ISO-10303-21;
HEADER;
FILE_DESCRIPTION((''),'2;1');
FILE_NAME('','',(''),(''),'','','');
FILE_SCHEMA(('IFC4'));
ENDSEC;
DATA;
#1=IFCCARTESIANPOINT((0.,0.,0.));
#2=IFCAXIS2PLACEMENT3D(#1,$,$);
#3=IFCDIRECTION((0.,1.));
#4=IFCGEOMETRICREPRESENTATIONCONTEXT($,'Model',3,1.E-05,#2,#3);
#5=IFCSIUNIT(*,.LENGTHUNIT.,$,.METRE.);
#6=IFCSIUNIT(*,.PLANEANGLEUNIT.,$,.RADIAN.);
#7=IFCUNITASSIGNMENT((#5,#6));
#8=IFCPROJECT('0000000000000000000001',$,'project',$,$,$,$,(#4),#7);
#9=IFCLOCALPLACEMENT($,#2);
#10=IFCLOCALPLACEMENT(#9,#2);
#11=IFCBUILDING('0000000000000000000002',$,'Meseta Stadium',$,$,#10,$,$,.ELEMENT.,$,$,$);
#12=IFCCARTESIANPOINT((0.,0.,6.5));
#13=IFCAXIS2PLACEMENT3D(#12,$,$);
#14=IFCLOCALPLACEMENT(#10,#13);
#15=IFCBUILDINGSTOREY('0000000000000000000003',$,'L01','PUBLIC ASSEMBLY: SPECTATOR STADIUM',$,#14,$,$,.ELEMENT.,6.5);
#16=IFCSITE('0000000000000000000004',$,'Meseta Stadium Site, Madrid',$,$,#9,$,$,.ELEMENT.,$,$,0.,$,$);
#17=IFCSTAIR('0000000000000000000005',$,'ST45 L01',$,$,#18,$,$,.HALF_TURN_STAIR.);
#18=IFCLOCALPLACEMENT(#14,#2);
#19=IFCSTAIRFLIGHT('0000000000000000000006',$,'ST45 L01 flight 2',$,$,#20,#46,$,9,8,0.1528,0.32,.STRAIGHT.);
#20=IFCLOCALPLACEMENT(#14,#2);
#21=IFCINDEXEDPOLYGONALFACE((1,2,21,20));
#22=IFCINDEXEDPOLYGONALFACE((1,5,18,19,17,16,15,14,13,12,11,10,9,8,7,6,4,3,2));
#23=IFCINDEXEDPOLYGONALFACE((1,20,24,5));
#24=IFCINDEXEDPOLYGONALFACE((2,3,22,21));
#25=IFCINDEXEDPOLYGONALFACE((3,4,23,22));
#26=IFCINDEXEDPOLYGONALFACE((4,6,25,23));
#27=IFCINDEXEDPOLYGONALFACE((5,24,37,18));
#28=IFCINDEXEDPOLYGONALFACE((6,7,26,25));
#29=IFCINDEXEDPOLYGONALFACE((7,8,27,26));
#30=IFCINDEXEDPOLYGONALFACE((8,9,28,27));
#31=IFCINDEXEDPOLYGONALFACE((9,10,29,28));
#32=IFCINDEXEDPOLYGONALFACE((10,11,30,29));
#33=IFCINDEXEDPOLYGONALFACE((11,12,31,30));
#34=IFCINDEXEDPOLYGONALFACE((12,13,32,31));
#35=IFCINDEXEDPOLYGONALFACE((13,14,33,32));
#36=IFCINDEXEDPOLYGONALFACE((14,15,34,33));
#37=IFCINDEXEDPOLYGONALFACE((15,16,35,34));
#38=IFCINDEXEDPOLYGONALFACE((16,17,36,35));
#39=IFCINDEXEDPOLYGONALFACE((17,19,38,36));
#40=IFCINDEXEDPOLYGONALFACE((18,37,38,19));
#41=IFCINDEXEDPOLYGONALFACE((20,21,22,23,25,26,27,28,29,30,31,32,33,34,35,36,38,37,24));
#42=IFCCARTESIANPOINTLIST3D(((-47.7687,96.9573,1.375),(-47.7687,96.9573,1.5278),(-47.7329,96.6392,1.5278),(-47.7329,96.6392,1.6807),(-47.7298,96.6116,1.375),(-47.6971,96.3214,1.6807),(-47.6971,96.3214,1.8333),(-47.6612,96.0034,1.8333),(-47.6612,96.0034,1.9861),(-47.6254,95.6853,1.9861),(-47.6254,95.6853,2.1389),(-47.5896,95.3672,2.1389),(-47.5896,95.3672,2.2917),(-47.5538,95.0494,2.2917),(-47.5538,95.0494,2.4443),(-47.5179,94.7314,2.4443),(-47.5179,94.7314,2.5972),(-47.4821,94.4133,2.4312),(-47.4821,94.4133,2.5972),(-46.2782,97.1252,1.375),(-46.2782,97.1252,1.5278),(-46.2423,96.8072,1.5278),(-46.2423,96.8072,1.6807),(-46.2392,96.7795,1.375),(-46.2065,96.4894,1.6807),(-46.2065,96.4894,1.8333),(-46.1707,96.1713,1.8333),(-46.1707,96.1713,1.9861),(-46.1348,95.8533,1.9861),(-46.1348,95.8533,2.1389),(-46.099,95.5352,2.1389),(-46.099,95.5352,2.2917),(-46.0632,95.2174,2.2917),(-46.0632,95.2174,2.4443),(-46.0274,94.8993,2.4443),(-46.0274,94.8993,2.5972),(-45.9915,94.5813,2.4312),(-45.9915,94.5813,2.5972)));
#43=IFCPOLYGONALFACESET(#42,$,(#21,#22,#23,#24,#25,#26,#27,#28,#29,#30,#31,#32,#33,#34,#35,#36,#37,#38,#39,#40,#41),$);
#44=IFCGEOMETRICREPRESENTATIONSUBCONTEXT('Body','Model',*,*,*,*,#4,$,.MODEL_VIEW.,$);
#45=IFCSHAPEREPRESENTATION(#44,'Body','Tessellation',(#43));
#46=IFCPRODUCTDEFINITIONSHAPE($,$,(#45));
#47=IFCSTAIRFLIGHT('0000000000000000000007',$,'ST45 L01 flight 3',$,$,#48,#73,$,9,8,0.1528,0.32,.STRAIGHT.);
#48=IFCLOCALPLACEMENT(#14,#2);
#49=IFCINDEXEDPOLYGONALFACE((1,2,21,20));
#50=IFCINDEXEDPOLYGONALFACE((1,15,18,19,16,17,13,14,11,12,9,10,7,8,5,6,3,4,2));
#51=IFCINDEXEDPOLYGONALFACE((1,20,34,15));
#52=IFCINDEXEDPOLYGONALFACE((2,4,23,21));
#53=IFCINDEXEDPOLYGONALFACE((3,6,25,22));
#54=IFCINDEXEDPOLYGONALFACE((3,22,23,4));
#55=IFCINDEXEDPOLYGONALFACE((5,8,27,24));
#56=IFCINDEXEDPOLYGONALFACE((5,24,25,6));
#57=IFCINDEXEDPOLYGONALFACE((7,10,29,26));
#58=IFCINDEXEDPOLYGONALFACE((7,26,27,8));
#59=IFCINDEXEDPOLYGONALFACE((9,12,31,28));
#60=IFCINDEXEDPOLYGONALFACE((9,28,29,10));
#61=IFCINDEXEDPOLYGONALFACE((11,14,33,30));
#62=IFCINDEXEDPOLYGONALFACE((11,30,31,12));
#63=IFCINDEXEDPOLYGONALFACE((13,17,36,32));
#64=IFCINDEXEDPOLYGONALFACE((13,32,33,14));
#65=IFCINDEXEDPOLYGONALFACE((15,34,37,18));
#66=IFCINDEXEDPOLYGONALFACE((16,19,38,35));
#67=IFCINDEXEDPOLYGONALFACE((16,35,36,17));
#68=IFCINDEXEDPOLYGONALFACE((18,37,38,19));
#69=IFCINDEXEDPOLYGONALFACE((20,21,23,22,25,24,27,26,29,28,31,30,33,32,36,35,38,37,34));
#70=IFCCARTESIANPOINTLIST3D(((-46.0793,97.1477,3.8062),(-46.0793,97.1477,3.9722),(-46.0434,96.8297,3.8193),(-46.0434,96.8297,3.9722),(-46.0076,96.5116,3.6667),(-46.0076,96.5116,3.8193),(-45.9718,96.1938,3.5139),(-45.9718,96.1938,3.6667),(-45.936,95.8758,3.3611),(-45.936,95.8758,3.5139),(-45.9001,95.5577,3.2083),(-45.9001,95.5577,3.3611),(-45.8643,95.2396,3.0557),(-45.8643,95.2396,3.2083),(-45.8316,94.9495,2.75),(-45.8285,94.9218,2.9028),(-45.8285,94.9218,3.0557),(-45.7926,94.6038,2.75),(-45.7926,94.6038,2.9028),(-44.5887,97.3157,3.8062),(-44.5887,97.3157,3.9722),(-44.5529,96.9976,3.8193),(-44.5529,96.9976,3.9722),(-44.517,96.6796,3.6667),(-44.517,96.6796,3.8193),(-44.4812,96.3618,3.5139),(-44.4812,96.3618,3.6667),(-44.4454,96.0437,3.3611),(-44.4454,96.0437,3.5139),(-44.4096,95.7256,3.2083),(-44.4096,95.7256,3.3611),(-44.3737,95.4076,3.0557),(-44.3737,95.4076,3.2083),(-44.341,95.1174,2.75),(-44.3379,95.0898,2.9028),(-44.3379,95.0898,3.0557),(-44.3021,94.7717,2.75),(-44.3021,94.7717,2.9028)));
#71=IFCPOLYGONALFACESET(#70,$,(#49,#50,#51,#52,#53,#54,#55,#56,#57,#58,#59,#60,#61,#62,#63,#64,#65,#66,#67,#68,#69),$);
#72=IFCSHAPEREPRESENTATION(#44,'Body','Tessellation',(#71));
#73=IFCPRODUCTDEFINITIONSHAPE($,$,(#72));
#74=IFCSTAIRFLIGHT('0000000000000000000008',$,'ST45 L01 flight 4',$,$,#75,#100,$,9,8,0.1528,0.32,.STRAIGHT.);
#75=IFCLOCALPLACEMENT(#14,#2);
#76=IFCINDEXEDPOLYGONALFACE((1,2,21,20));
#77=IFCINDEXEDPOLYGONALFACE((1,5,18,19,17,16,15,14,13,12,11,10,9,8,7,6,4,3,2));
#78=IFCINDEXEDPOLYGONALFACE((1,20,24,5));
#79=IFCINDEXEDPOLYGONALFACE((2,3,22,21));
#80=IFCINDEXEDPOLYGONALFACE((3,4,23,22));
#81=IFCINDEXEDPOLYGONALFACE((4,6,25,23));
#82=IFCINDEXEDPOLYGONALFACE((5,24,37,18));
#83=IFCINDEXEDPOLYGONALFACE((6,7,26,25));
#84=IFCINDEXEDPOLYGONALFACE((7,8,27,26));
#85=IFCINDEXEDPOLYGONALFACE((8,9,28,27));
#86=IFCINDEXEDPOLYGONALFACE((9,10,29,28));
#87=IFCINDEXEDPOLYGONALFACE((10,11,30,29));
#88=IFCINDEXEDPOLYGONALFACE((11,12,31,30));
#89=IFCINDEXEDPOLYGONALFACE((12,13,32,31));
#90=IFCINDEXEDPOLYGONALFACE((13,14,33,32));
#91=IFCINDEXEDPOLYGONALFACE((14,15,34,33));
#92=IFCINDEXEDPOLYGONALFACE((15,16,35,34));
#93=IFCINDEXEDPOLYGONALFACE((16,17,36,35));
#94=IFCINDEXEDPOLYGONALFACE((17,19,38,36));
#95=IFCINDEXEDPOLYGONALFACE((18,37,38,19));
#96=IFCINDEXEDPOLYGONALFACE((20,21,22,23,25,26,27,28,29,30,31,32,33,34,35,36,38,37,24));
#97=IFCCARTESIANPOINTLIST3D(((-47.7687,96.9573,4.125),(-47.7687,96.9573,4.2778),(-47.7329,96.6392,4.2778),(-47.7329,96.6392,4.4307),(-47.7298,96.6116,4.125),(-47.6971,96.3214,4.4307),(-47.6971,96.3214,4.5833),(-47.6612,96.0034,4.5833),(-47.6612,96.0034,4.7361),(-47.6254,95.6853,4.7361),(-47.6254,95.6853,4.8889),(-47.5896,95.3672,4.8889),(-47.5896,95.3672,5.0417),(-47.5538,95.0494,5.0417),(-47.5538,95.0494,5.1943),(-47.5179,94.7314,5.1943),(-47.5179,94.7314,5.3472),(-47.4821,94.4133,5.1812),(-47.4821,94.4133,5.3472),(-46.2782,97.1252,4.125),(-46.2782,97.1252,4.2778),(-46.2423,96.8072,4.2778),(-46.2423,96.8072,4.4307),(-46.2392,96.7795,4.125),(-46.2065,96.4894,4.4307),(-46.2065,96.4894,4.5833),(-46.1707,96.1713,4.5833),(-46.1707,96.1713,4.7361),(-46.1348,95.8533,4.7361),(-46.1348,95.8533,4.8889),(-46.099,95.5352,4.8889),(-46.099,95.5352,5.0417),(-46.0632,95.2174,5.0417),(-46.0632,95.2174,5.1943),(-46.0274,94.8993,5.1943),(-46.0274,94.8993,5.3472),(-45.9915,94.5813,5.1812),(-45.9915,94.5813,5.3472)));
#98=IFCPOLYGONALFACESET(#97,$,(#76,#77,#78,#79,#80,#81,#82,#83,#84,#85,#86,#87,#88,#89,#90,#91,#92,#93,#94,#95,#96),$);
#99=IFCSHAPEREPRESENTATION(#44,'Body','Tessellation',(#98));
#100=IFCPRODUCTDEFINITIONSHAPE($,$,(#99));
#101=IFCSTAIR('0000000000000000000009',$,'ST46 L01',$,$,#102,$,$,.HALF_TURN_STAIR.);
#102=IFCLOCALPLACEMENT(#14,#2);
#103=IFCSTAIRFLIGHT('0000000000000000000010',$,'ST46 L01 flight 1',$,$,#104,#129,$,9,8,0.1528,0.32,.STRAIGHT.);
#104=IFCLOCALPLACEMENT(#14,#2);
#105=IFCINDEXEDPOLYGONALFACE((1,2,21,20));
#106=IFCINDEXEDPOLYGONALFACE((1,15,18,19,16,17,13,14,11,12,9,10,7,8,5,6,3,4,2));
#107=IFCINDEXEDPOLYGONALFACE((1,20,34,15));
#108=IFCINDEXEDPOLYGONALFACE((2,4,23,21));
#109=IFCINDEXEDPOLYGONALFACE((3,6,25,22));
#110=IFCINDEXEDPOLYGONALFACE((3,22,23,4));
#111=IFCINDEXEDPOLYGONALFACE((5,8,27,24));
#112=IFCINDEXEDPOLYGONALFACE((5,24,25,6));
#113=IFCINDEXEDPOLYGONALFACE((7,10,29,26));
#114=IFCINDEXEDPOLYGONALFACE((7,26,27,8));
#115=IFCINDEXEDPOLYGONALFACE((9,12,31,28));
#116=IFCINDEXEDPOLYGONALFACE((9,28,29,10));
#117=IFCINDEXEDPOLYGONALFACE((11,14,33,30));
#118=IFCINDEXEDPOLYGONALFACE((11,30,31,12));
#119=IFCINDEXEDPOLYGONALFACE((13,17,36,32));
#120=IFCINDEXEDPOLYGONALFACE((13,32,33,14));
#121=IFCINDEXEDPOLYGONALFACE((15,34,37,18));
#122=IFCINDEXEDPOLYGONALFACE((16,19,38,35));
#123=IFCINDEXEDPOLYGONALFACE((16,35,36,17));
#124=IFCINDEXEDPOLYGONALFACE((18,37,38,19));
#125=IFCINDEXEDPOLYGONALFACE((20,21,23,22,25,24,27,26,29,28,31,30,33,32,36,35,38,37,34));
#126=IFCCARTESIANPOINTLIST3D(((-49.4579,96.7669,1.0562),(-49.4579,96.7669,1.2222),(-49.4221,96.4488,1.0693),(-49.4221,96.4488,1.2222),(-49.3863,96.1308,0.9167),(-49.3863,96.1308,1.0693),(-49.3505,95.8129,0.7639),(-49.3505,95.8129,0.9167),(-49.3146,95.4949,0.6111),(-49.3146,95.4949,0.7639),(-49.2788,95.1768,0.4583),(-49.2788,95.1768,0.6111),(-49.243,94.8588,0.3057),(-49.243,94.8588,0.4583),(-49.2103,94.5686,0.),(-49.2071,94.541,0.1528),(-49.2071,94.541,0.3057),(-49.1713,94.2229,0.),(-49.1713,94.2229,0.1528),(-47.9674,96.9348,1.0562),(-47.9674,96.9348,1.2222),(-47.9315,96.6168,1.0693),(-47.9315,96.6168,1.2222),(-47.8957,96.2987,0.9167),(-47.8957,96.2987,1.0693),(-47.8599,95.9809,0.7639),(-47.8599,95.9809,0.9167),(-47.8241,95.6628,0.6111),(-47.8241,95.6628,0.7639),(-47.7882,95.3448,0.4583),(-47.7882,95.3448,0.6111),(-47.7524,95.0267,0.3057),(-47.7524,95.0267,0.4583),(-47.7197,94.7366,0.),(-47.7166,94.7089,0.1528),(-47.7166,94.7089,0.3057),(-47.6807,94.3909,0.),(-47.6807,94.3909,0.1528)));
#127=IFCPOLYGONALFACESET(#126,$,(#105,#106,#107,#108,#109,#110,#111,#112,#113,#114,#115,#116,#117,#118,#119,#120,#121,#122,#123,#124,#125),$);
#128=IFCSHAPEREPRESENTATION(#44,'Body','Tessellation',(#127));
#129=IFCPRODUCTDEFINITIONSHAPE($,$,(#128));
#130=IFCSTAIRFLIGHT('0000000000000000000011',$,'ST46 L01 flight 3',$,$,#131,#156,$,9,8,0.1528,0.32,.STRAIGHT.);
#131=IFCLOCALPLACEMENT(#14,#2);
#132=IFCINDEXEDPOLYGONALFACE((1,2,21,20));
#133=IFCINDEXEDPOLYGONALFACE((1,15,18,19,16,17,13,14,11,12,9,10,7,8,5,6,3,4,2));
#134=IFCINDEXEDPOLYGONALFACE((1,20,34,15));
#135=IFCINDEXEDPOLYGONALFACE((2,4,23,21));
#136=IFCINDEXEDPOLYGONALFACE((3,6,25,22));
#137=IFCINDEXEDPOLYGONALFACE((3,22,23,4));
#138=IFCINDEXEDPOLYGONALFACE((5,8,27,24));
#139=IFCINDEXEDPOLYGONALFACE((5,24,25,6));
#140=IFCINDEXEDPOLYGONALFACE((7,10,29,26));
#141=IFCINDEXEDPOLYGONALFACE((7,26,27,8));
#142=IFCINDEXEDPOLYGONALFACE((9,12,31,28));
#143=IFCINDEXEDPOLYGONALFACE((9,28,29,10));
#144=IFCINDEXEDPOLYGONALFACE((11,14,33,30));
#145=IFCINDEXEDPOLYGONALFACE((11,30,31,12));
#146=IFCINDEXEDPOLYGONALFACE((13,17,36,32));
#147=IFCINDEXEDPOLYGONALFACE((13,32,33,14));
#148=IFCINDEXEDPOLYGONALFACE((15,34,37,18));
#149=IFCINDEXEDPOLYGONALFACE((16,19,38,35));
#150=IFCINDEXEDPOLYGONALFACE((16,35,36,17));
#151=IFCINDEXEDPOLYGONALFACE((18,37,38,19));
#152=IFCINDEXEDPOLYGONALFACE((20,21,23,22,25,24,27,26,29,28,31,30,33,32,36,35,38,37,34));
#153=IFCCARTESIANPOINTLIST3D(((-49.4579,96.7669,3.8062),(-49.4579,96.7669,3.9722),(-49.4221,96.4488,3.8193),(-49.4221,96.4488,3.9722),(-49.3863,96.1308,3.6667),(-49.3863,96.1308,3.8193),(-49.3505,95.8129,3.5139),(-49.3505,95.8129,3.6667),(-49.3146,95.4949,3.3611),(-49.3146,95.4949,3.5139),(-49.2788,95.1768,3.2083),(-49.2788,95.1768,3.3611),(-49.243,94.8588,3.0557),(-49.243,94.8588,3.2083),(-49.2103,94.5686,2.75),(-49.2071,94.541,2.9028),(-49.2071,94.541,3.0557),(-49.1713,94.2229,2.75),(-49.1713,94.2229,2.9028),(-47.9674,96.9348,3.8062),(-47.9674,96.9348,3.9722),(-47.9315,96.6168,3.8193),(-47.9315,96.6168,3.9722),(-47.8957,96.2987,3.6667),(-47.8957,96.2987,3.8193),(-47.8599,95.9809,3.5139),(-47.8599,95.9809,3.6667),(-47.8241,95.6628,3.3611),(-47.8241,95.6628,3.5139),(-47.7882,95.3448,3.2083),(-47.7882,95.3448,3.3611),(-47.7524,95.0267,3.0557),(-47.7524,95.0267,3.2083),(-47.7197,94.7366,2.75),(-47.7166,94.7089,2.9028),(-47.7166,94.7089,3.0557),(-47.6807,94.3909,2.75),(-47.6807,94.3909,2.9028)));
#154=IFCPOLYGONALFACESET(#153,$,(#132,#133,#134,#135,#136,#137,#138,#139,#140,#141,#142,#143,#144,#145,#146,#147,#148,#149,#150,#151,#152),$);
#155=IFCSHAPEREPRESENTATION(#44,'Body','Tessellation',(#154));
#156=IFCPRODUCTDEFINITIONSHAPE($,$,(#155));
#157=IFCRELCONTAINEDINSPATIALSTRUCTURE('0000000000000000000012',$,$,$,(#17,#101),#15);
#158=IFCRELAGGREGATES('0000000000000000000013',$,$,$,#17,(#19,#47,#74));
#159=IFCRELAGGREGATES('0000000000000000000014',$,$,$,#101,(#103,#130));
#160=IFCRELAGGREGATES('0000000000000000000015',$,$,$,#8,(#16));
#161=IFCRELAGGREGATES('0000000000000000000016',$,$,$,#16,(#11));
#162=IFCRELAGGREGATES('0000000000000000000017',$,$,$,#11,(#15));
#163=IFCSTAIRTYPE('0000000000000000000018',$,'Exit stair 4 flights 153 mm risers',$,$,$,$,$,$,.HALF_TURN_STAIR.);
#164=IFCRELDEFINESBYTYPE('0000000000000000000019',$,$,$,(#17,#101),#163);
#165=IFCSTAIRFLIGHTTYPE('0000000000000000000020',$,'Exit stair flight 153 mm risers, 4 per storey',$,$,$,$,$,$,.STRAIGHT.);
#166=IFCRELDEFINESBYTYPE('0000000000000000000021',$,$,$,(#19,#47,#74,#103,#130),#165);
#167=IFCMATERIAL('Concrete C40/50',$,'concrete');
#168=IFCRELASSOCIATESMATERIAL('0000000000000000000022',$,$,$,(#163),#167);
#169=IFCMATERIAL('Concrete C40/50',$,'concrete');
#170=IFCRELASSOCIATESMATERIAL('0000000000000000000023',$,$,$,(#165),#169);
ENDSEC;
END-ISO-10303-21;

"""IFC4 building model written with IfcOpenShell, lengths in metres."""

from ifc_helpers import new_model, si_unit, direction, frame, origin, place, context, subcontext, project, spatial, polyline, outline, extrude, material, type_object, element, aggregate, save


model = new_model("IFC4")

# Units and contexts
model_context = context("Model", 3, precision=1e-05, world=origin(), true_north=direction((0.0, 1.0)))
body_context = subcontext(model_context, "Body", "Model", "MODEL_VIEW")
ifc_project = project(units=[si_unit("LENGTHUNIT", "METRE"), si_unit("PLANEANGLEUNIT", "RADIAN")], contexts=[model_context])

# Site, building, storey
site_placement = place(None, origin())
site = spatial("IfcSite", under=ifc_project, at=site_placement, Name="Meseta Stadium Site, Madrid", CompositionType="ELEMENT", RefElevation=0.0)
building_placement = place(site_placement, origin())
building = spatial("IfcBuilding", under=site, at=building_placement, Name="Meseta Stadium", CompositionType="ELEMENT")
storey_placement = place(building_placement, frame((0.0, 0.0, 6.5)))
storey = spatial("IfcBuildingStorey", under=building, at=storey_placement, Name="L01", Description="PUBLIC ASSEMBLY: SPECTATOR STADIUM", CompositionType="ELEMENT", Elevation=6.5)

# Stairs, stair flights
ifc_material_1 = material(Name="Concrete C40/50", Category="concrete")
stair_type = type_object("IfcStairType", Name="Exit stair 4 flights 153 mm risers", PredefinedType="HALF_TURN_STAIR", material=ifc_material_1)
stair_1_placement = place(storey_placement, origin())
stair_1 = element("IfcStair", 1, at=stair_1_placement, inside=storey, type_object=stair_type, Name="ST45 L01", PredefinedType="HALF_TURN_STAIR")
ifc_material_2 = material(Name="Concrete C40/50", Category="concrete")
stair_flight_type = type_object("IfcStairFlightType", Name="Exit stair flight 153 mm risers, 4 per storey", PredefinedType="STRAIGHT", material=ifc_material_2)
stair_flight_1_placement = place(storey_placement, frame((-47.0234, 97.0413, 1.375), z_axis=(0.0, 0.0, 1.0), x_axis=(0.111964, -0.993712, 0.0)))
stair_flight_1 = element("IfcStairFlight", 2, at=stair_flight_1_placement, type_object=stair_flight_type, Name="ST45 L01 flight 2", NumberOfRisers=9, NumberOfTreads=8, PredefinedType="STRAIGHT", RiserHeight=0.1528, TreadLength=0.32, context=body_context, shape_type="SweptSolid", body=[
    extrude(outline(polyline([(0.0, 0.0), (0.0, 0.1528), (0.3201, 0.1528), (0.3201, 0.3057), (0.6399, 0.3057), (0.6399, 0.4583), (0.96, 0.4583), (0.96, 0.6111), (1.28, 0.6111), (1.28, 0.7639), (1.6001, 0.7639), (1.6001, 0.9167), (1.9199, 0.9167), (1.9199, 1.0693), (2.24, 1.0693), (2.24, 1.2222), (2.5601, 1.2222), (2.5601, 1.0562), (0.3479, 0.0), (0.0, 0.0)])), frame((0.0, 0.75, 0.0), z_axis=(0.0, -1.0, 0.0), x_axis=(1.0, 0.0, 0.0)), (0.0, 0.0, 1.0), 1.5),
])
stair_flight_2_placement = place(storey_placement, frame((-45.0474, 94.6877, 2.75), z_axis=(0.0, 0.0, 1.0), x_axis=(-0.111964, 0.993712, 0.0)))
stair_flight_2 = element("IfcStairFlight", 3, at=stair_flight_2_placement, type_object=stair_flight_type, Name="ST45 L01 flight 3", NumberOfRisers=9, NumberOfTreads=8, PredefinedType="STRAIGHT", RiserHeight=0.1528, TreadLength=0.32, context=body_context, shape_type="SweptSolid", body=[
    extrude(outline(polyline([(0.0, 0.0), (0.0, 0.1528), (0.3201, 0.1528), (0.3201, 0.3057), (0.6399, 0.3057), (0.6399, 0.4583), (0.96, 0.4583), (0.96, 0.6111), (1.28, 0.6111), (1.28, 0.7639), (1.6001, 0.7639), (1.6001, 0.9167), (1.9199, 0.9167), (1.9199, 1.0693), (2.24, 1.0693), (2.24, 1.2222), (2.5601, 1.2222), (2.5601, 1.0562), (0.3479, 0.0), (0.0, 0.0)])), frame((0.0, 0.75, 0.0), z_axis=(0.0, -1.0, 0.0), x_axis=(1.0, 0.0, 0.0)), (0.0, 0.0, 1.0), 1.5),
])
stair_flight_3_placement = place(storey_placement, frame((-47.0234, 97.0413, 4.125), z_axis=(0.0, 0.0, 1.0), x_axis=(0.111964, -0.993712, 0.0)))
stair_flight_3 = element("IfcStairFlight", 4, at=stair_flight_3_placement, type_object=stair_flight_type, Name="ST45 L01 flight 4", NumberOfRisers=9, NumberOfTreads=8, PredefinedType="STRAIGHT", RiserHeight=0.1528, TreadLength=0.32, context=body_context, shape_type="SweptSolid", body=[
    extrude(outline(polyline([(0.0, 0.0), (0.0, 0.1528), (0.3201, 0.1528), (0.3201, 0.3057), (0.6399, 0.3057), (0.6399, 0.4583), (0.96, 0.4583), (0.96, 0.6111), (1.28, 0.6111), (1.28, 0.7639), (1.6001, 0.7639), (1.6001, 0.9167), (1.9199, 0.9167), (1.9199, 1.0693), (2.24, 1.0693), (2.24, 1.2222), (2.5601, 1.2222), (2.5601, 1.0562), (0.3479, 0.0), (0.0, 0.0)])), frame((0.0, 0.75, 0.0), z_axis=(0.0, -1.0, 0.0), x_axis=(1.0, 0.0, 0.0)), (0.0, 0.0, 1.0), 1.5),
])
aggregate(stair_1, [stair_flight_1, stair_flight_2, stair_flight_3])
stair_2_placement = place(storey_placement, origin())
stair_2 = element("IfcStair", 5, at=stair_2_placement, inside=storey, type_object=stair_type, Name="ST46 L01", PredefinedType="HALF_TURN_STAIR")
stair_flight_4_placement = place(storey_placement, frame((-48.426, 94.3069, 0.0), z_axis=(0.0, 0.0, 1.0), x_axis=(-0.111964, 0.993712, 0.0)))
stair_flight_4 = element("IfcStairFlight", 6, at=stair_flight_4_placement, type_object=stair_flight_type, Name="ST46 L01 flight 1", NumberOfRisers=9, NumberOfTreads=8, PredefinedType="STRAIGHT", RiserHeight=0.1528, TreadLength=0.32, context=body_context, shape_type="SweptSolid", body=[
    extrude(outline(polyline([(0.0, 0.0), (0.0, 0.1528), (0.3201, 0.1528), (0.3201, 0.3057), (0.6399, 0.3057), (0.6399, 0.4583), (0.96, 0.4583), (0.96, 0.6111), (1.28, 0.6111), (1.28, 0.7639), (1.6001, 0.7639), (1.6001, 0.9167), (1.9199, 0.9167), (1.9199, 1.0693), (2.24, 1.0693), (2.24, 1.2222), (2.5601, 1.2222), (2.5601, 1.0562), (0.3479, 0.0), (0.0, 0.0)])), frame((0.0, 0.75, 0.0), z_axis=(0.0, -1.0, 0.0), x_axis=(1.0, 0.0, 0.0)), (0.0, 0.0, 1.0), 1.5),
])
stair_flight_5_placement = place(storey_placement, frame((-48.426, 94.3069, 2.75), z_axis=(0.0, 0.0, 1.0), x_axis=(-0.111964, 0.993712, 0.0)))
stair_flight_5 = element("IfcStairFlight", 7, at=stair_flight_5_placement, type_object=stair_flight_type, Name="ST46 L01 flight 3", NumberOfRisers=9, NumberOfTreads=8, PredefinedType="STRAIGHT", RiserHeight=0.1528, TreadLength=0.32, context=body_context, shape_type="SweptSolid", body=[
    extrude(outline(polyline([(0.0, 0.0), (0.0, 0.1528), (0.3201, 0.1528), (0.3201, 0.3057), (0.6399, 0.3057), (0.6399, 0.4583), (0.96, 0.4583), (0.96, 0.6111), (1.28, 0.6111), (1.28, 0.7639), (1.6001, 0.7639), (1.6001, 0.9167), (1.9199, 0.9167), (1.9199, 1.0693), (2.24, 1.0693), (2.24, 1.2222), (2.5601, 1.2222), (2.5601, 1.0562), (0.3479, 0.0), (0.0, 0.0)])), frame((0.0, 0.75, 0.0), z_axis=(0.0, -1.0, 0.0), x_axis=(1.0, 0.0, 0.0)), (0.0, 0.0, 1.0), 1.5),
])
aggregate(stair_2, [stair_flight_4, stair_flight_5])

save(model, "model.ifc")
